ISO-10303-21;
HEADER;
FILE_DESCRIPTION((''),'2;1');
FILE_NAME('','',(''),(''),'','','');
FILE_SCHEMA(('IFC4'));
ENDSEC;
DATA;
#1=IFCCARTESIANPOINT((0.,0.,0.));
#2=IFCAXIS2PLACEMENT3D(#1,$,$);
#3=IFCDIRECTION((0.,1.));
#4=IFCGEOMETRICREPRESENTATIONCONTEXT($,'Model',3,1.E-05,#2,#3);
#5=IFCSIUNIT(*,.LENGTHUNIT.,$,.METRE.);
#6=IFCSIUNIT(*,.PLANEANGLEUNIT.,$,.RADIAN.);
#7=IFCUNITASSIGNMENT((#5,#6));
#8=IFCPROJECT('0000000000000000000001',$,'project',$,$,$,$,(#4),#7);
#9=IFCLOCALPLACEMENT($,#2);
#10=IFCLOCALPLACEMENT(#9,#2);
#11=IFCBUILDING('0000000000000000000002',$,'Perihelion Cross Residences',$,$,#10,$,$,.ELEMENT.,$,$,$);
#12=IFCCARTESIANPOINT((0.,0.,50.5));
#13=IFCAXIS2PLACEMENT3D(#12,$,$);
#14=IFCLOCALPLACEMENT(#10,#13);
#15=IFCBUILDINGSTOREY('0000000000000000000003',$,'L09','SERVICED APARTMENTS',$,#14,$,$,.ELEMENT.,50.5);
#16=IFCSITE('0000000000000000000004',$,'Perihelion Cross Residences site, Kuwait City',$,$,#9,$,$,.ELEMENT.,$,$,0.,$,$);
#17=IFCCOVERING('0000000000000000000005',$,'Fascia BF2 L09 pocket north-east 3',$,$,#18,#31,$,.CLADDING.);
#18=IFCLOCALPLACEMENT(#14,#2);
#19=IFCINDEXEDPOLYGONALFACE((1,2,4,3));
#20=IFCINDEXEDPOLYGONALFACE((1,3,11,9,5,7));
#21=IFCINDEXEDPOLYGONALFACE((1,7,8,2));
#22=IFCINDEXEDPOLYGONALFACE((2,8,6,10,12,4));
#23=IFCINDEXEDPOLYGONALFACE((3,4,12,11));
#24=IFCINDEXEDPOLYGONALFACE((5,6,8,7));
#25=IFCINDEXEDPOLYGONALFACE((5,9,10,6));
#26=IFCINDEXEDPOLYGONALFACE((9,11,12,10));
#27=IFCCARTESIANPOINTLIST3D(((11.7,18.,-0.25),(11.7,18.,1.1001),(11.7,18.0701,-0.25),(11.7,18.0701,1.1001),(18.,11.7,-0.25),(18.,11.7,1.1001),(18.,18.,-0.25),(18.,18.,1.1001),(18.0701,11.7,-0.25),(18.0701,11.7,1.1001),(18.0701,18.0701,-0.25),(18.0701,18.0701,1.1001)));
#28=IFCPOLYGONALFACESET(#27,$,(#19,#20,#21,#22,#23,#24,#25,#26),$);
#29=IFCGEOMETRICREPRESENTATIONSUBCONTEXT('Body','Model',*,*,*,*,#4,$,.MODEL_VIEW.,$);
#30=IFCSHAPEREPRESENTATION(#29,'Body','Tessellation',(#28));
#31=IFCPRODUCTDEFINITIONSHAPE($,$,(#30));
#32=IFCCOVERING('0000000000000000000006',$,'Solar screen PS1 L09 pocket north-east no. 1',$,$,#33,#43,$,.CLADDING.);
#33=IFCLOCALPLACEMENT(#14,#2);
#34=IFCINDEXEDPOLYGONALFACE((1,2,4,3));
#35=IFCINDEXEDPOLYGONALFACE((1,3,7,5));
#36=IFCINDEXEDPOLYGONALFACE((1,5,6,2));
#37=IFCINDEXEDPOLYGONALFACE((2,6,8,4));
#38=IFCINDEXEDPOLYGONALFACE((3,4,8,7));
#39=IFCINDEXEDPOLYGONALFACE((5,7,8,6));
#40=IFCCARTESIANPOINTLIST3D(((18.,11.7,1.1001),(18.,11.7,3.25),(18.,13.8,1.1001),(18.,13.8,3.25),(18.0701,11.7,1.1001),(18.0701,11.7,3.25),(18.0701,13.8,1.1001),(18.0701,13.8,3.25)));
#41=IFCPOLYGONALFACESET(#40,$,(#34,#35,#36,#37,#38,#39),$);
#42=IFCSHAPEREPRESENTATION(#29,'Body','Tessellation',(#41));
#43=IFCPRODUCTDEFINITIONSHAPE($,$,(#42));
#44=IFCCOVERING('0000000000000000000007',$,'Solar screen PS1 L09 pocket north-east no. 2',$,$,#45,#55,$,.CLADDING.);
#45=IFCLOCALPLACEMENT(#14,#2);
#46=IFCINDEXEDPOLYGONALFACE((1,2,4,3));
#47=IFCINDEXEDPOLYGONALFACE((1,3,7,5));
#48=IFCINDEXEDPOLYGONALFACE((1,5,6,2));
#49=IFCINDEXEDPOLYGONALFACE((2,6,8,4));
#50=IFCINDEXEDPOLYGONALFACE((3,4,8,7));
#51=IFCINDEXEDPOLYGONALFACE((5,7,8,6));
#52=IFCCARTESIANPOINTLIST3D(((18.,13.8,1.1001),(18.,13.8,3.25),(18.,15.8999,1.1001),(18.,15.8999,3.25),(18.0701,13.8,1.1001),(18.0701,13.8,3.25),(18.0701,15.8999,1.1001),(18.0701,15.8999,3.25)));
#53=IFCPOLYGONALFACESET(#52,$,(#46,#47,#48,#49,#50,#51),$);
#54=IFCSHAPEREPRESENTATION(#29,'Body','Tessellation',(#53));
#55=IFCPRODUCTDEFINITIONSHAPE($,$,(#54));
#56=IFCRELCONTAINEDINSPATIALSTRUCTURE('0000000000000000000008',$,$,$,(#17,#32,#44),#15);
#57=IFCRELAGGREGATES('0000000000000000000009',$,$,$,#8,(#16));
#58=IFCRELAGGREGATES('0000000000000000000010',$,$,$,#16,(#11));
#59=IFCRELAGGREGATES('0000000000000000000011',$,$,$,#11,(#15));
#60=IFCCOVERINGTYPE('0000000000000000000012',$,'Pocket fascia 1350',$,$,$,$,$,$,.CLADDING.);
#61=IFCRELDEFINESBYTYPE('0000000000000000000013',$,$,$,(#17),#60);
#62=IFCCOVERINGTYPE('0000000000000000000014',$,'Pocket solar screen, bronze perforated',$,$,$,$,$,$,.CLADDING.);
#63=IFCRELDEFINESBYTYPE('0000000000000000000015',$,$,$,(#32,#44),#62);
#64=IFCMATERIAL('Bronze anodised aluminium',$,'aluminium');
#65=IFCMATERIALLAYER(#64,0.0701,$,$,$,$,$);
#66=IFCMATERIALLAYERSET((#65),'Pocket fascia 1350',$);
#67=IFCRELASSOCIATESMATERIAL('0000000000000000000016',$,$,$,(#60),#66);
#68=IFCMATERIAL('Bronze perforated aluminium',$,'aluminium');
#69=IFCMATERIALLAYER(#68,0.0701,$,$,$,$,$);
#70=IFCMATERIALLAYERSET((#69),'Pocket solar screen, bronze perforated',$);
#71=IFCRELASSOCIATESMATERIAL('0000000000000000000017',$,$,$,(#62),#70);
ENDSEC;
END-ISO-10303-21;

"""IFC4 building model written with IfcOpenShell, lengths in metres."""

from ifc_helpers import new_model, si_unit, direction, frame, origin, place, context, subcontext, project, spatial, polyline, outline, extrude, material, layer, layer_set, type_object, element, save


model = new_model("IFC4")

# Units and contexts
model_context = context("Model", 3, precision=1e-05, world=origin(), true_north=direction((0.0, 1.0)))
body_context = subcontext(model_context, "Body", "Model", "MODEL_VIEW")
ifc_project = project(units=[si_unit("LENGTHUNIT", "METRE"), si_unit("PLANEANGLEUNIT", "RADIAN")], contexts=[model_context])

# Site, building, storey
site_placement = place(None, origin())
site = spatial("IfcSite", under=ifc_project, at=site_placement, Name="Perihelion Cross Residences site, Kuwait City", CompositionType="ELEMENT", RefElevation=0.0)
building_placement = place(site_placement, origin())
building = spatial("IfcBuilding", under=site, at=building_placement, Name="Perihelion Cross Residences", CompositionType="ELEMENT")
storey_placement = place(building_placement, frame((0.0, 0.0, 50.5)))
storey = spatial("IfcBuildingStorey", under=building, at=storey_placement, Name="L09", Description="SERVICED APARTMENTS", CompositionType="ELEMENT", Elevation=50.5)

# Coverings
ifc_material_1 = material(Name="Bronze anodised aluminium", Category="aluminium")
ifc_layer_1 = layer(ifc_material_1, 0.0701)
ifc_layer_set_1 = layer_set([ifc_layer_1], Name="Pocket fascia 1350")
covering_type_1 = type_object("IfcCoveringType", Name="Pocket fascia 1350", PredefinedType="CLADDING", material=ifc_layer_set_1)
covering_1_placement = place(storey_placement, frame((0.0, 0.0, -0.25)))
element("IfcCovering", 1, at=covering_1_placement, inside=storey, type_object=covering_type_1, Name="Fascia BF2 L09 pocket north-east 3", PredefinedType="CLADDING", context=body_context, shape_type="SweptSolid", body=[
    extrude(outline(polyline([(18.0701, 18.0701), (11.7, 18.0701), (11.7, 18.0), (18.0, 18.0), (18.0, 11.7), (18.0701, 11.7), (18.0701, 18.0701)])), origin(), (0.0, 0.0, 1.0), 1.3501),
])
ifc_material_2 = material(Name="Bronze perforated aluminium", Category="aluminium")
ifc_layer_2 = layer(ifc_material_2, 0.0701)
ifc_layer_set_2 = layer_set([ifc_layer_2], Name="Pocket solar screen, bronze perforated")
covering_type_2 = type_object("IfcCoveringType", Name="Pocket solar screen, bronze perforated", PredefinedType="CLADDING", material=ifc_layer_set_2)
covering_2_placement = place(storey_placement, frame((0.0, 0.0, 1.1001)))
element("IfcCovering", 2, at=covering_2_placement, inside=storey, type_object=covering_type_2, Name="Solar screen PS1 L09 pocket north-east no. 1", PredefinedType="CLADDING", context=body_context, shape_type="SweptSolid", body=[
    extrude(outline(polyline([(18.0701, 11.7), (18.0701, 13.8), (18.0, 13.8), (18.0, 11.7), (18.0701, 11.7)])), origin(), (0.0, 0.0, 1.0), 2.1499),
])
covering_3_placement = place(storey_placement, frame((0.0, 0.0, 1.1001)))
element("IfcCovering", 3, at=covering_3_placement, inside=storey, type_object=covering_type_2, Name="Solar screen PS1 L09 pocket north-east no. 2", PredefinedType="CLADDING", context=body_context, shape_type="SweptSolid", body=[
    extrude(outline(polyline([(18.0701, 13.8), (18.0701, 15.8999), (18.0, 15.8999), (18.0, 13.8), (18.0701, 13.8)])), origin(), (0.0, 0.0, 1.0), 2.1499),
])

save(model, "model.ifc")
